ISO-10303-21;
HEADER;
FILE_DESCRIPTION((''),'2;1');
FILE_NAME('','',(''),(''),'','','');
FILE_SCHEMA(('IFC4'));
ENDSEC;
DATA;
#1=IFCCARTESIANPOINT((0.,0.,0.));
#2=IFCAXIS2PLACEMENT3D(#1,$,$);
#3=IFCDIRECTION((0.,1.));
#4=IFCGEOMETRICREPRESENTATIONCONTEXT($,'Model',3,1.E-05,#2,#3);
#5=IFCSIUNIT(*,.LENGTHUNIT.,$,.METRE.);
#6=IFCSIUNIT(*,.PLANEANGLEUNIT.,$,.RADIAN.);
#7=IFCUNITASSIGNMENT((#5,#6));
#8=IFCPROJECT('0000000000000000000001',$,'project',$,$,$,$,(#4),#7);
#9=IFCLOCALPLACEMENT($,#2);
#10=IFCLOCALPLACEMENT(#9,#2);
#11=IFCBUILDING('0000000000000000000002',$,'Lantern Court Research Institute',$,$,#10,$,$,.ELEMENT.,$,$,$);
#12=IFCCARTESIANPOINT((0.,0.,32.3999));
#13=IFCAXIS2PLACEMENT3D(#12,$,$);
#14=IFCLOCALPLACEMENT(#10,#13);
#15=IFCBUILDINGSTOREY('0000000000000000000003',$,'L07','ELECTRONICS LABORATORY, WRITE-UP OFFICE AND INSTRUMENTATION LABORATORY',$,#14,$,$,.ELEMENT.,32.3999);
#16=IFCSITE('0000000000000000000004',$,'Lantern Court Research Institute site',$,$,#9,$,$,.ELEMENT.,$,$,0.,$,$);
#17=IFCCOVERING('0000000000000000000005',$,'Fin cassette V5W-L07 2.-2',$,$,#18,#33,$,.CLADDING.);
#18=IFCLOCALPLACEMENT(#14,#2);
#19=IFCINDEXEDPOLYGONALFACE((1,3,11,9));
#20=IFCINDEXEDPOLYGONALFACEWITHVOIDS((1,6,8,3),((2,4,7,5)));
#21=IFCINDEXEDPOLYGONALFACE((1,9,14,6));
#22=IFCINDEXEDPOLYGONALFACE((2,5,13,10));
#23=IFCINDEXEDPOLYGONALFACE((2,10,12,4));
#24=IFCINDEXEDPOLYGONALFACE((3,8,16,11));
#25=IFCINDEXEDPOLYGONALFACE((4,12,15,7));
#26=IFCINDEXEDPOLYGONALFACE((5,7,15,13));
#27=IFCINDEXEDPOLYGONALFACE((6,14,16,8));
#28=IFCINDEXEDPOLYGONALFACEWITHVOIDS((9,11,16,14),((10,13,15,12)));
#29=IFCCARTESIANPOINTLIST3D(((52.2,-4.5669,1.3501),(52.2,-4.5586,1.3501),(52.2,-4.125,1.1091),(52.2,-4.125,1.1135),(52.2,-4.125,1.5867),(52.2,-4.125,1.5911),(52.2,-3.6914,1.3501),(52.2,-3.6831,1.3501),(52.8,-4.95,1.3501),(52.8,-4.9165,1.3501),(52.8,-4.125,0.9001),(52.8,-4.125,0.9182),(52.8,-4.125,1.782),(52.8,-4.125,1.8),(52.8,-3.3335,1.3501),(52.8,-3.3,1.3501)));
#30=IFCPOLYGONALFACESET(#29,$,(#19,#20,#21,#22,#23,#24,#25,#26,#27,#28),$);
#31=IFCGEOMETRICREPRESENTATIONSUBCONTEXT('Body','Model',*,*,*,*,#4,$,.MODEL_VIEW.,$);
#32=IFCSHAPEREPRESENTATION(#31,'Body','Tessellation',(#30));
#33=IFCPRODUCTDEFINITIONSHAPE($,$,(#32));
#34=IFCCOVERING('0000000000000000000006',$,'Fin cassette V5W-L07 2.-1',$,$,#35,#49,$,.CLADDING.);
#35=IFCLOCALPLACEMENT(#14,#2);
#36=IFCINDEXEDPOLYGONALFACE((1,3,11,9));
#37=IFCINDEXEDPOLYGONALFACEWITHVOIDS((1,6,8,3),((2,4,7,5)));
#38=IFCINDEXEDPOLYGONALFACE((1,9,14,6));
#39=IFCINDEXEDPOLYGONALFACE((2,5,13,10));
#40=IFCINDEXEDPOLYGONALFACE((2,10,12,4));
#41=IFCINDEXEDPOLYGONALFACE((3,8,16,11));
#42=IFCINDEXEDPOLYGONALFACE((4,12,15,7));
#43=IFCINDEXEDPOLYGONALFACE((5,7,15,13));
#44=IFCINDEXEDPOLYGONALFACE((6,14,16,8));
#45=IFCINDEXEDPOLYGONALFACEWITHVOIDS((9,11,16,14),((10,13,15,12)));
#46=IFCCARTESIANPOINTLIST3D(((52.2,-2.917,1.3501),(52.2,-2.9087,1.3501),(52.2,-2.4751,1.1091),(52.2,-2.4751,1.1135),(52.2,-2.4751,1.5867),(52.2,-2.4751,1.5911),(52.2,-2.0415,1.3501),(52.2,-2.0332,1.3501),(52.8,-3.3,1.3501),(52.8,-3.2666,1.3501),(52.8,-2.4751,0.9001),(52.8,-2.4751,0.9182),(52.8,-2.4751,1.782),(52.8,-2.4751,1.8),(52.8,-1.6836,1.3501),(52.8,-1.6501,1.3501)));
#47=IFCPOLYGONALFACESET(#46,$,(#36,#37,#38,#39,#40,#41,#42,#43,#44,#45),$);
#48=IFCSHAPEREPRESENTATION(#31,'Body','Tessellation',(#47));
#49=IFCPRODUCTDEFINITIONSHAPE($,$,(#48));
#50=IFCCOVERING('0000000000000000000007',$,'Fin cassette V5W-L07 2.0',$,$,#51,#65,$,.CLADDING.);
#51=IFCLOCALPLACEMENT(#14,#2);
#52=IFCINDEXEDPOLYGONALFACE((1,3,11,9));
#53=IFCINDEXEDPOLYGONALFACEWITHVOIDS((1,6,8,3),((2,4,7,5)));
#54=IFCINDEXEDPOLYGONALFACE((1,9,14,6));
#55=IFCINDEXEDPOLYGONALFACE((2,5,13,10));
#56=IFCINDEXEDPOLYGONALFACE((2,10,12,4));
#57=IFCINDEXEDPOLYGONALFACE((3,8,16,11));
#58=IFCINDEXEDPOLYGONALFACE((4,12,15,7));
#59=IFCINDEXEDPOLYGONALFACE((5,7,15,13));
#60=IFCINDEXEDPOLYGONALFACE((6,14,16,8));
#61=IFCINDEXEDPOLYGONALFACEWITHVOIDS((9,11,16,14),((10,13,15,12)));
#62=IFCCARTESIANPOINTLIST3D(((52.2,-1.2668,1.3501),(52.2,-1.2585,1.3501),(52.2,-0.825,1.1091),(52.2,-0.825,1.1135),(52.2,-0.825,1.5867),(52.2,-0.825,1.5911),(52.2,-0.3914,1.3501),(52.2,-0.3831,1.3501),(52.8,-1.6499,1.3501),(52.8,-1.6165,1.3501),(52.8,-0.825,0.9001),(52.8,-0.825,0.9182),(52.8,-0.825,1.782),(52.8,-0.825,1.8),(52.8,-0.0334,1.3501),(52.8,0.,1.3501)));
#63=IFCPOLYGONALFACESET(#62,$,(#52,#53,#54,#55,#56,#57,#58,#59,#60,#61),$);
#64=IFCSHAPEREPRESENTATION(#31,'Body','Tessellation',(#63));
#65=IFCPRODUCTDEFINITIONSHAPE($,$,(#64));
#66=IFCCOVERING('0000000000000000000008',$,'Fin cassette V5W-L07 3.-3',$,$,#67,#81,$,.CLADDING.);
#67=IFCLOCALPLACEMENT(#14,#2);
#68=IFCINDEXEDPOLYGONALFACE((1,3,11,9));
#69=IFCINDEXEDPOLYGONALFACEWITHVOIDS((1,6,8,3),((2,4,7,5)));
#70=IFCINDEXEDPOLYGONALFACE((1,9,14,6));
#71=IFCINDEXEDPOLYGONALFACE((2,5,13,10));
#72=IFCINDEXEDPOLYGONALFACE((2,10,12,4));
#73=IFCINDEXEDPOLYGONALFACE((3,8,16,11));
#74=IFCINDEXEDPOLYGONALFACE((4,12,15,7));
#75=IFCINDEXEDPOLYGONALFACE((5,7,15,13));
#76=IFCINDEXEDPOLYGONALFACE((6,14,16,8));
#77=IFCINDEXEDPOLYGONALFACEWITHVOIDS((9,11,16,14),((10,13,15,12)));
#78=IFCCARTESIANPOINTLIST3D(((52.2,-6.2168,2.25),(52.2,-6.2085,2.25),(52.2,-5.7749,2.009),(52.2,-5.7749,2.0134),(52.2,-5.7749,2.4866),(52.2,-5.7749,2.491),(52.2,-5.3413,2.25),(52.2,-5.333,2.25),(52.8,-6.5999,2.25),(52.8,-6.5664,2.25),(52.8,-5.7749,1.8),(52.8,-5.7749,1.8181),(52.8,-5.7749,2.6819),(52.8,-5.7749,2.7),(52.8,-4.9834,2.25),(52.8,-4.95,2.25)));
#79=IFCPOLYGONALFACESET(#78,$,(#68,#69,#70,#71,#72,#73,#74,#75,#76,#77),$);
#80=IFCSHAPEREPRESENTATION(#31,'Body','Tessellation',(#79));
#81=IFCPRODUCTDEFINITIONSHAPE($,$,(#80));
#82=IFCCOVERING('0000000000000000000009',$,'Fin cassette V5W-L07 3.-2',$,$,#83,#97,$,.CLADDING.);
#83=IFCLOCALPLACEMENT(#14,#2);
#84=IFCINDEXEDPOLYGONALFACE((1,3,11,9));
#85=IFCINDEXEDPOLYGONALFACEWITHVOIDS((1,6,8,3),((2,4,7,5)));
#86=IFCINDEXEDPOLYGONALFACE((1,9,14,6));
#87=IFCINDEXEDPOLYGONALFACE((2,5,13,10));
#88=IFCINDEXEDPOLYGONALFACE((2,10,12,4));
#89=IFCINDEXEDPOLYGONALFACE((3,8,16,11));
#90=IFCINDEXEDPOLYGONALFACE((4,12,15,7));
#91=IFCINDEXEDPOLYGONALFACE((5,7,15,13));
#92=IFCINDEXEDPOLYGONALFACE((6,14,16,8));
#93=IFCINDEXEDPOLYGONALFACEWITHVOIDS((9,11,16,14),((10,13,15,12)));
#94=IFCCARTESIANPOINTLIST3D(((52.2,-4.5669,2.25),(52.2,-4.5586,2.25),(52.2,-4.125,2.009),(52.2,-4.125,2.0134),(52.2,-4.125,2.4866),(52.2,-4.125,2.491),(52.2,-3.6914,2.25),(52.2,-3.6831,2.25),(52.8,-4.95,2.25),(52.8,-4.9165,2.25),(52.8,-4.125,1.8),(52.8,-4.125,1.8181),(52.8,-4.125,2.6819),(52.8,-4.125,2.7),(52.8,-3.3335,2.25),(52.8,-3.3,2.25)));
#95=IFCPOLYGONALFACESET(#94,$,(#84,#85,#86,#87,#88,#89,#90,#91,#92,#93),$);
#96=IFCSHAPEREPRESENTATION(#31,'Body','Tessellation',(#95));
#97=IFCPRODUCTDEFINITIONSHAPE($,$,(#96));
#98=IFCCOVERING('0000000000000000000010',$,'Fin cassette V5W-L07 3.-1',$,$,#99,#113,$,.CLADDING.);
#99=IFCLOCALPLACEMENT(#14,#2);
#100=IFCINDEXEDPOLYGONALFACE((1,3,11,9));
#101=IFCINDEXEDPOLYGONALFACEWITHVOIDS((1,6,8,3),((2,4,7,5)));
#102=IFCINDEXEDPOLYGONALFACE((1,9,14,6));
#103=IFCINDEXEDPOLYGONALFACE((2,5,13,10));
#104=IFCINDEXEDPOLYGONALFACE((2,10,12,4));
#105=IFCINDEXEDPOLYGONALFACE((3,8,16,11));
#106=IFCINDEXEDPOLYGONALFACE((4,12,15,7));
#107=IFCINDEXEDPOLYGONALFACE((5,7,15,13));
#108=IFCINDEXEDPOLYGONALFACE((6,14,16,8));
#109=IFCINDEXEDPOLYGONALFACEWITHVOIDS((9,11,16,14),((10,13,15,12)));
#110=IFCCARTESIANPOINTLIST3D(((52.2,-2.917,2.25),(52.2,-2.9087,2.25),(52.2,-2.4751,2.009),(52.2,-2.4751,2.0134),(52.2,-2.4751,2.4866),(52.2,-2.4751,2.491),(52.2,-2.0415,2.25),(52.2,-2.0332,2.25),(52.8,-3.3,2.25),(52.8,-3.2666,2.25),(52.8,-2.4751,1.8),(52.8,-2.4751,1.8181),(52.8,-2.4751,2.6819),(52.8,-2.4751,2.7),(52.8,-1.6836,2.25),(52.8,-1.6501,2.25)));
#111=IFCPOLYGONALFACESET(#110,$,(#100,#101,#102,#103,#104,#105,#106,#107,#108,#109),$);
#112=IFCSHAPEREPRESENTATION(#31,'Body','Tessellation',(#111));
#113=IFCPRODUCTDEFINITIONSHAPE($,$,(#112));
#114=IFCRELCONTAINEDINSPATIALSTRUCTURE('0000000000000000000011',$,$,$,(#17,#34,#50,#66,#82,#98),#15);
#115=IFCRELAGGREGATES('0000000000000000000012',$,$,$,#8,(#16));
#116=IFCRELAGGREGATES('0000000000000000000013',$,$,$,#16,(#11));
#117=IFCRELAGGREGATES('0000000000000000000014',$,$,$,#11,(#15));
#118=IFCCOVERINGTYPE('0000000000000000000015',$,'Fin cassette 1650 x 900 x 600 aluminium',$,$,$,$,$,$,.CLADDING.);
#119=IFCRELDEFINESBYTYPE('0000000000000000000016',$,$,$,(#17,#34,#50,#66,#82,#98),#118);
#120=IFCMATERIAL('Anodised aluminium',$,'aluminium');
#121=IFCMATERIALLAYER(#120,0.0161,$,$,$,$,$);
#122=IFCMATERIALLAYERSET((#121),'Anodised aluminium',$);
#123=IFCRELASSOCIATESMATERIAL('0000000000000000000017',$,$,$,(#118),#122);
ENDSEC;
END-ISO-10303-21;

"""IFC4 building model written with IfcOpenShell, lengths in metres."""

from ifc_helpers import new_model, entity, si_unit, direction, frame, origin, place, context, subcontext, project, spatial, material, layer, layer_set, type_object, element, save


model = new_model("IFC4")

# Units and contexts
model_context = context("Model", 3, precision=1e-05, world=origin(), true_north=direction((0.0, 1.0)))
body_context = subcontext(model_context, "Body", "Model", "MODEL_VIEW")
ifc_project = project(units=[si_unit("LENGTHUNIT", "METRE"), si_unit("PLANEANGLEUNIT", "RADIAN")], contexts=[model_context])

# Site, building, storey
site_placement = place(None, origin())
site = spatial("IfcSite", under=ifc_project, at=site_placement, Name="Lantern Court Research Institute site", CompositionType="ELEMENT", RefElevation=0.0)
building_placement = place(site_placement, origin())
building = spatial("IfcBuilding", under=site, at=building_placement, Name="Lantern Court Research Institute", CompositionType="ELEMENT")
storey_placement = place(building_placement, frame((0.0, 0.0, 32.3999)))
storey = spatial("IfcBuildingStorey", under=building, at=storey_placement, Name="L07", Description="ELECTRONICS LABORATORY, WRITE-UP OFFICE AND INSTRUMENTATION LABORATORY", CompositionType="ELEMENT", Elevation=32.3999)

# Coverings
ifc_material = material(Name="Anodised aluminium", Category="aluminium")
ifc_layer = layer(ifc_material, 0.0161)
ifc_layer_set = layer_set([ifc_layer], Name="Anodised aluminium")
covering_type = type_object("IfcCoveringType", Name="Fin cassette 1650 x 900 x 600 aluminium", PredefinedType="CLADDING", material=ifc_layer_set)
covering_1_placement = place(storey_placement, frame((52.8, -4.125, 1.3501), z_axis=(-1.0, 0.0, 0.0), x_axis=(0.0, -1.0, 0.0)))
cartesian_point_1 = entity("IfcCartesianPoint", [0.825, 0.0])
cartesian_point_2 = entity("IfcCartesianPoint", [0.7915, 0.0])
cartesian_point_3 = entity("IfcCartesianPoint", [0.4419, 0.0])
cartesian_point_4 = entity("IfcCartesianPoint", [0.4336, 0.0])
element("IfcCovering", 1, at=covering_1_placement, inside=storey, type_object=covering_type, Name="Fin cassette V5W-L07 2.-2", PredefinedType="CLADDING", context=body_context, shape_type="SweptSolid", body=[
    entity("IfcExtrudedAreaSolidTapered", entity("IfcArbitraryProfileDefWithVoids", "AREA", None, entity("IfcPolyline", [cartesian_point_1, entity("IfcCartesianPoint", [0.0, 0.45]), entity("IfcCartesianPoint", [-0.825, 0.0]), entity("IfcCartesianPoint", [0.0, -0.45]), cartesian_point_1]), [entity("IfcPolyline", [cartesian_point_2, entity("IfcCartesianPoint", [0.0, 0.4319]), entity("IfcCartesianPoint", [-0.7915, 0.0]), entity("IfcCartesianPoint", [0.0, -0.4319]), cartesian_point_2])]), entity("IfcAxis2Placement3D", entity("IfcCartesianPoint", [0.0, 0.0, 0.0])), entity("IfcDirection", [0.0, 0.0, 1.0]), 0.6001, entity("IfcArbitraryProfileDefWithVoids", "AREA", None, entity("IfcPolyline", [cartesian_point_3, entity("IfcCartesianPoint", [0.0, 0.241]), entity("IfcCartesianPoint", [-0.4419, 0.0]), entity("IfcCartesianPoint", [0.0, -0.241]), cartesian_point_3]), [entity("IfcPolyline", [cartesian_point_4, entity("IfcCartesianPoint", [0.0, 0.2366]), entity("IfcCartesianPoint", [-0.4336, 0.0]), entity("IfcCartesianPoint", [0.0, -0.2366]), cartesian_point_4])])),
])
covering_2_placement = place(storey_placement, frame((52.8, -2.4751, 1.3501), z_axis=(-1.0, 0.0, 0.0), x_axis=(0.0, -1.0, 0.0)))
cartesian_point_5 = entity("IfcCartesianPoint", [0.825, 0.0])
cartesian_point_6 = entity("IfcCartesianPoint", [0.7915, 0.0])
cartesian_point_7 = entity("IfcCartesianPoint", [0.4419, 0.0])
cartesian_point_8 = entity("IfcCartesianPoint", [0.4336, 0.0])
element("IfcCovering", 2, at=covering_2_placement, inside=storey, type_object=covering_type, Name="Fin cassette V5W-L07 2.-1", PredefinedType="CLADDING", context=body_context, shape_type="SweptSolid", body=[
    entity("IfcExtrudedAreaSolidTapered", entity("IfcArbitraryProfileDefWithVoids", "AREA", None, entity("IfcPolyline", [cartesian_point_5, entity("IfcCartesianPoint", [0.0, 0.45]), entity("IfcCartesianPoint", [-0.825, 0.0]), entity("IfcCartesianPoint", [0.0, -0.45]), cartesian_point_5]), [entity("IfcPolyline", [cartesian_point_6, entity("IfcCartesianPoint", [0.0, 0.4319]), entity("IfcCartesianPoint", [-0.7915, 0.0]), entity("IfcCartesianPoint", [0.0, -0.4319]), cartesian_point_6])]), entity("IfcAxis2Placement3D", entity("IfcCartesianPoint", [0.0, 0.0, 0.0])), entity("IfcDirection", [0.0, 0.0, 1.0]), 0.6001, entity("IfcArbitraryProfileDefWithVoids", "AREA", None, entity("IfcPolyline", [cartesian_point_7, entity("IfcCartesianPoint", [0.0, 0.241]), entity("IfcCartesianPoint", [-0.4419, 0.0]), entity("IfcCartesianPoint", [0.0, -0.241]), cartesian_point_7]), [entity("IfcPolyline", [cartesian_point_8, entity("IfcCartesianPoint", [0.0, 0.2366]), entity("IfcCartesianPoint", [-0.4336, 0.0]), entity("IfcCartesianPoint", [0.0, -0.2366]), cartesian_point_8])])),
])
covering_3_placement = place(storey_placement, frame((52.8, -0.825, 1.3501), z_axis=(-1.0, 0.0, 0.0), x_axis=(0.0, -1.0, 0.0)))
cartesian_point_9 = entity("IfcCartesianPoint", [0.825, 0.0])
cartesian_point_10 = entity("IfcCartesianPoint", [0.7915, 0.0])
cartesian_point_11 = entity("IfcCartesianPoint", [0.4419, 0.0])
cartesian_point_12 = entity("IfcCartesianPoint", [0.4336, 0.0])
element("IfcCovering", 3, at=covering_3_placement, inside=storey, type_object=covering_type, Name="Fin cassette V5W-L07 2.0", PredefinedType="CLADDING", context=body_context, shape_type="SweptSolid", body=[
    entity("IfcExtrudedAreaSolidTapered", entity("IfcArbitraryProfileDefWithVoids", "AREA", None, entity("IfcPolyline", [cartesian_point_9, entity("IfcCartesianPoint", [0.0, 0.45]), entity("IfcCartesianPoint", [-0.825, 0.0]), entity("IfcCartesianPoint", [0.0, -0.45]), cartesian_point_9]), [entity("IfcPolyline", [cartesian_point_10, entity("IfcCartesianPoint", [0.0, 0.4319]), entity("IfcCartesianPoint", [-0.7915, 0.0]), entity("IfcCartesianPoint", [0.0, -0.4319]), cartesian_point_10])]), entity("IfcAxis2Placement3D", entity("IfcCartesianPoint", [0.0, 0.0, 0.0])), entity("IfcDirection", [0.0, 0.0, 1.0]), 0.6001, entity("IfcArbitraryProfileDefWithVoids", "AREA", None, entity("IfcPolyline", [cartesian_point_11, entity("IfcCartesianPoint", [0.0, 0.241]), entity("IfcCartesianPoint", [-0.4419, 0.0]), entity("IfcCartesianPoint", [0.0, -0.241]), cartesian_point_11]), [entity("IfcPolyline", [cartesian_point_12, entity("IfcCartesianPoint", [0.0, 0.2366]), entity("IfcCartesianPoint", [-0.4336, 0.0]), entity("IfcCartesianPoint", [0.0, -0.2366]), cartesian_point_12])])),
])
covering_4_placement = place(storey_placement, frame((52.8, -5.7749, 2.25), z_axis=(-1.0, 0.0, 0.0), x_axis=(0.0, -1.0, 0.0)))
cartesian_point_13 = entity("IfcCartesianPoint", [0.825, 0.0])
cartesian_point_14 = entity("IfcCartesianPoint", [0.7915, 0.0])
cartesian_point_15 = entity("IfcCartesianPoint", [0.4419, 0.0])
cartesian_point_16 = entity("IfcCartesianPoint", [0.4336, 0.0])
element("IfcCovering", 4, at=covering_4_placement, inside=storey, type_object=covering_type, Name="Fin cassette V5W-L07 3.-3", PredefinedType="CLADDING", context=body_context, shape_type="SweptSolid", body=[
    entity("IfcExtrudedAreaSolidTapered", entity("IfcArbitraryProfileDefWithVoids", "AREA", None, entity("IfcPolyline", [cartesian_point_13, entity("IfcCartesianPoint", [0.0, 0.45]), entity("IfcCartesianPoint", [-0.825, 0.0]), entity("IfcCartesianPoint", [0.0, -0.45]), cartesian_point_13]), [entity("IfcPolyline", [cartesian_point_14, entity("IfcCartesianPoint", [0.0, 0.4319]), entity("IfcCartesianPoint", [-0.7915, 0.0]), entity("IfcCartesianPoint", [0.0, -0.4319]), cartesian_point_14])]), entity("IfcAxis2Placement3D", entity("IfcCartesianPoint", [0.0, 0.0, 0.0])), entity("IfcDirection", [0.0, 0.0, 1.0]), 0.6001, entity("IfcArbitraryProfileDefWithVoids", "AREA", None, entity("IfcPolyline", [cartesian_point_15, entity("IfcCartesianPoint", [0.0, 0.241]), entity("IfcCartesianPoint", [-0.4419, 0.0]), entity("IfcCartesianPoint", [0.0, -0.241]), cartesian_point_15]), [entity("IfcPolyline", [cartesian_point_16, entity("IfcCartesianPoint", [0.0, 0.2366]), entity("IfcCartesianPoint", [-0.4336, 0.0]), entity("IfcCartesianPoint", [0.0, -0.2366]), cartesian_point_16])])),
])
covering_5_placement = place(storey_placement, frame((52.8, -4.125, 2.25), z_axis=(-1.0, 0.0, 0.0), x_axis=(0.0, -1.0, 0.0)))
cartesian_point_17 = entity("IfcCartesianPoint", [0.825, 0.0])
cartesian_point_18 = entity("IfcCartesianPoint", [0.7915, 0.0])
cartesian_point_19 = entity("IfcCartesianPoint", [0.4419, 0.0])
cartesian_point_20 = entity("IfcCartesianPoint", [0.4336, 0.0])
element("IfcCovering", 5, at=covering_5_placement, inside=storey, type_object=covering_type, Name="Fin cassette V5W-L07 3.-2", PredefinedType="CLADDING", context=body_context, shape_type="SweptSolid", body=[
    entity("IfcExtrudedAreaSolidTapered", entity("IfcArbitraryProfileDefWithVoids", "AREA", None, entity("IfcPolyline", [cartesian_point_17, entity("IfcCartesianPoint", [0.0, 0.45]), entity("IfcCartesianPoint", [-0.825, 0.0]), entity("IfcCartesianPoint", [0.0, -0.45]), cartesian_point_17]), [entity("IfcPolyline", [cartesian_point_18, entity("IfcCartesianPoint", [0.0, 0.4319]), entity("IfcCartesianPoint", [-0.7915, 0.0]), entity("IfcCartesianPoint", [0.0, -0.4319]), cartesian_point_18])]), entity("IfcAxis2Placement3D", entity("IfcCartesianPoint", [0.0, 0.0, 0.0])), entity("IfcDirection", [0.0, 0.0, 1.0]), 0.6001, entity("IfcArbitraryProfileDefWithVoids", "AREA", None, entity("IfcPolyline", [cartesian_point_19, entity("IfcCartesianPoint", [0.0, 0.241]), entity("IfcCartesianPoint", [-0.4419, 0.0]), entity("IfcCartesianPoint", [0.0, -0.241]), cartesian_point_19]), [entity("IfcPolyline", [cartesian_point_20, entity("IfcCartesianPoint", [0.0, 0.2366]), entity("IfcCartesianPoint", [-0.4336, 0.0]), entity("IfcCartesianPoint", [0.0, -0.2366]), cartesian_point_20])])),
])
covering_6_placement = place(storey_placement, frame((52.8, -2.4751, 2.25), z_axis=(-1.0, 0.0, 0.0), x_axis=(0.0, -1.0, 0.0)))
cartesian_point_21 = entity("IfcCartesianPoint", [0.825, 0.0])
cartesian_point_22 = entity("IfcCartesianPoint", [0.7915, 0.0])
cartesian_point_23 = entity("IfcCartesianPoint", [0.4419, 0.0])
cartesian_point_24 = entity("IfcCartesianPoint", [0.4336, 0.0])
element("IfcCovering", 6, at=covering_6_placement, inside=storey, type_object=covering_type, Name="Fin cassette V5W-L07 3.-1", PredefinedType="CLADDING", context=body_context, shape_type="SweptSolid", body=[
    entity("IfcExtrudedAreaSolidTapered", entity("IfcArbitraryProfileDefWithVoids", "AREA", None, entity("IfcPolyline", [cartesian_point_21, entity("IfcCartesianPoint", [0.0, 0.45]), entity("IfcCartesianPoint", [-0.825, 0.0]), entity("IfcCartesianPoint", [0.0, -0.45]), cartesian_point_21]), [entity("IfcPolyline", [cartesian_point_22, entity("IfcCartesianPoint", [0.0, 0.4319]), entity("IfcCartesianPoint", [-0.7915, 0.0]), entity("IfcCartesianPoint", [0.0, -0.4319]), cartesian_point_22])]), entity("IfcAxis2Placement3D", entity("IfcCartesianPoint", [0.0, 0.0, 0.0])), entity("IfcDirection", [0.0, 0.0, 1.0]), 0.6001, entity("IfcArbitraryProfileDefWithVoids", "AREA", None, entity("IfcPolyline", [cartesian_point_23, entity("IfcCartesianPoint", [0.0, 0.241]), entity("IfcCartesianPoint", [-0.4419, 0.0]), entity("IfcCartesianPoint", [0.0, -0.241]), cartesian_point_23]), [entity("IfcPolyline", [cartesian_point_24, entity("IfcCartesianPoint", [0.0, 0.2366]), entity("IfcCartesianPoint", [-0.4336, 0.0]), entity("IfcCartesianPoint", [0.0, -0.2366]), cartesian_point_24])])),
])

save(model, "model.ifc")
